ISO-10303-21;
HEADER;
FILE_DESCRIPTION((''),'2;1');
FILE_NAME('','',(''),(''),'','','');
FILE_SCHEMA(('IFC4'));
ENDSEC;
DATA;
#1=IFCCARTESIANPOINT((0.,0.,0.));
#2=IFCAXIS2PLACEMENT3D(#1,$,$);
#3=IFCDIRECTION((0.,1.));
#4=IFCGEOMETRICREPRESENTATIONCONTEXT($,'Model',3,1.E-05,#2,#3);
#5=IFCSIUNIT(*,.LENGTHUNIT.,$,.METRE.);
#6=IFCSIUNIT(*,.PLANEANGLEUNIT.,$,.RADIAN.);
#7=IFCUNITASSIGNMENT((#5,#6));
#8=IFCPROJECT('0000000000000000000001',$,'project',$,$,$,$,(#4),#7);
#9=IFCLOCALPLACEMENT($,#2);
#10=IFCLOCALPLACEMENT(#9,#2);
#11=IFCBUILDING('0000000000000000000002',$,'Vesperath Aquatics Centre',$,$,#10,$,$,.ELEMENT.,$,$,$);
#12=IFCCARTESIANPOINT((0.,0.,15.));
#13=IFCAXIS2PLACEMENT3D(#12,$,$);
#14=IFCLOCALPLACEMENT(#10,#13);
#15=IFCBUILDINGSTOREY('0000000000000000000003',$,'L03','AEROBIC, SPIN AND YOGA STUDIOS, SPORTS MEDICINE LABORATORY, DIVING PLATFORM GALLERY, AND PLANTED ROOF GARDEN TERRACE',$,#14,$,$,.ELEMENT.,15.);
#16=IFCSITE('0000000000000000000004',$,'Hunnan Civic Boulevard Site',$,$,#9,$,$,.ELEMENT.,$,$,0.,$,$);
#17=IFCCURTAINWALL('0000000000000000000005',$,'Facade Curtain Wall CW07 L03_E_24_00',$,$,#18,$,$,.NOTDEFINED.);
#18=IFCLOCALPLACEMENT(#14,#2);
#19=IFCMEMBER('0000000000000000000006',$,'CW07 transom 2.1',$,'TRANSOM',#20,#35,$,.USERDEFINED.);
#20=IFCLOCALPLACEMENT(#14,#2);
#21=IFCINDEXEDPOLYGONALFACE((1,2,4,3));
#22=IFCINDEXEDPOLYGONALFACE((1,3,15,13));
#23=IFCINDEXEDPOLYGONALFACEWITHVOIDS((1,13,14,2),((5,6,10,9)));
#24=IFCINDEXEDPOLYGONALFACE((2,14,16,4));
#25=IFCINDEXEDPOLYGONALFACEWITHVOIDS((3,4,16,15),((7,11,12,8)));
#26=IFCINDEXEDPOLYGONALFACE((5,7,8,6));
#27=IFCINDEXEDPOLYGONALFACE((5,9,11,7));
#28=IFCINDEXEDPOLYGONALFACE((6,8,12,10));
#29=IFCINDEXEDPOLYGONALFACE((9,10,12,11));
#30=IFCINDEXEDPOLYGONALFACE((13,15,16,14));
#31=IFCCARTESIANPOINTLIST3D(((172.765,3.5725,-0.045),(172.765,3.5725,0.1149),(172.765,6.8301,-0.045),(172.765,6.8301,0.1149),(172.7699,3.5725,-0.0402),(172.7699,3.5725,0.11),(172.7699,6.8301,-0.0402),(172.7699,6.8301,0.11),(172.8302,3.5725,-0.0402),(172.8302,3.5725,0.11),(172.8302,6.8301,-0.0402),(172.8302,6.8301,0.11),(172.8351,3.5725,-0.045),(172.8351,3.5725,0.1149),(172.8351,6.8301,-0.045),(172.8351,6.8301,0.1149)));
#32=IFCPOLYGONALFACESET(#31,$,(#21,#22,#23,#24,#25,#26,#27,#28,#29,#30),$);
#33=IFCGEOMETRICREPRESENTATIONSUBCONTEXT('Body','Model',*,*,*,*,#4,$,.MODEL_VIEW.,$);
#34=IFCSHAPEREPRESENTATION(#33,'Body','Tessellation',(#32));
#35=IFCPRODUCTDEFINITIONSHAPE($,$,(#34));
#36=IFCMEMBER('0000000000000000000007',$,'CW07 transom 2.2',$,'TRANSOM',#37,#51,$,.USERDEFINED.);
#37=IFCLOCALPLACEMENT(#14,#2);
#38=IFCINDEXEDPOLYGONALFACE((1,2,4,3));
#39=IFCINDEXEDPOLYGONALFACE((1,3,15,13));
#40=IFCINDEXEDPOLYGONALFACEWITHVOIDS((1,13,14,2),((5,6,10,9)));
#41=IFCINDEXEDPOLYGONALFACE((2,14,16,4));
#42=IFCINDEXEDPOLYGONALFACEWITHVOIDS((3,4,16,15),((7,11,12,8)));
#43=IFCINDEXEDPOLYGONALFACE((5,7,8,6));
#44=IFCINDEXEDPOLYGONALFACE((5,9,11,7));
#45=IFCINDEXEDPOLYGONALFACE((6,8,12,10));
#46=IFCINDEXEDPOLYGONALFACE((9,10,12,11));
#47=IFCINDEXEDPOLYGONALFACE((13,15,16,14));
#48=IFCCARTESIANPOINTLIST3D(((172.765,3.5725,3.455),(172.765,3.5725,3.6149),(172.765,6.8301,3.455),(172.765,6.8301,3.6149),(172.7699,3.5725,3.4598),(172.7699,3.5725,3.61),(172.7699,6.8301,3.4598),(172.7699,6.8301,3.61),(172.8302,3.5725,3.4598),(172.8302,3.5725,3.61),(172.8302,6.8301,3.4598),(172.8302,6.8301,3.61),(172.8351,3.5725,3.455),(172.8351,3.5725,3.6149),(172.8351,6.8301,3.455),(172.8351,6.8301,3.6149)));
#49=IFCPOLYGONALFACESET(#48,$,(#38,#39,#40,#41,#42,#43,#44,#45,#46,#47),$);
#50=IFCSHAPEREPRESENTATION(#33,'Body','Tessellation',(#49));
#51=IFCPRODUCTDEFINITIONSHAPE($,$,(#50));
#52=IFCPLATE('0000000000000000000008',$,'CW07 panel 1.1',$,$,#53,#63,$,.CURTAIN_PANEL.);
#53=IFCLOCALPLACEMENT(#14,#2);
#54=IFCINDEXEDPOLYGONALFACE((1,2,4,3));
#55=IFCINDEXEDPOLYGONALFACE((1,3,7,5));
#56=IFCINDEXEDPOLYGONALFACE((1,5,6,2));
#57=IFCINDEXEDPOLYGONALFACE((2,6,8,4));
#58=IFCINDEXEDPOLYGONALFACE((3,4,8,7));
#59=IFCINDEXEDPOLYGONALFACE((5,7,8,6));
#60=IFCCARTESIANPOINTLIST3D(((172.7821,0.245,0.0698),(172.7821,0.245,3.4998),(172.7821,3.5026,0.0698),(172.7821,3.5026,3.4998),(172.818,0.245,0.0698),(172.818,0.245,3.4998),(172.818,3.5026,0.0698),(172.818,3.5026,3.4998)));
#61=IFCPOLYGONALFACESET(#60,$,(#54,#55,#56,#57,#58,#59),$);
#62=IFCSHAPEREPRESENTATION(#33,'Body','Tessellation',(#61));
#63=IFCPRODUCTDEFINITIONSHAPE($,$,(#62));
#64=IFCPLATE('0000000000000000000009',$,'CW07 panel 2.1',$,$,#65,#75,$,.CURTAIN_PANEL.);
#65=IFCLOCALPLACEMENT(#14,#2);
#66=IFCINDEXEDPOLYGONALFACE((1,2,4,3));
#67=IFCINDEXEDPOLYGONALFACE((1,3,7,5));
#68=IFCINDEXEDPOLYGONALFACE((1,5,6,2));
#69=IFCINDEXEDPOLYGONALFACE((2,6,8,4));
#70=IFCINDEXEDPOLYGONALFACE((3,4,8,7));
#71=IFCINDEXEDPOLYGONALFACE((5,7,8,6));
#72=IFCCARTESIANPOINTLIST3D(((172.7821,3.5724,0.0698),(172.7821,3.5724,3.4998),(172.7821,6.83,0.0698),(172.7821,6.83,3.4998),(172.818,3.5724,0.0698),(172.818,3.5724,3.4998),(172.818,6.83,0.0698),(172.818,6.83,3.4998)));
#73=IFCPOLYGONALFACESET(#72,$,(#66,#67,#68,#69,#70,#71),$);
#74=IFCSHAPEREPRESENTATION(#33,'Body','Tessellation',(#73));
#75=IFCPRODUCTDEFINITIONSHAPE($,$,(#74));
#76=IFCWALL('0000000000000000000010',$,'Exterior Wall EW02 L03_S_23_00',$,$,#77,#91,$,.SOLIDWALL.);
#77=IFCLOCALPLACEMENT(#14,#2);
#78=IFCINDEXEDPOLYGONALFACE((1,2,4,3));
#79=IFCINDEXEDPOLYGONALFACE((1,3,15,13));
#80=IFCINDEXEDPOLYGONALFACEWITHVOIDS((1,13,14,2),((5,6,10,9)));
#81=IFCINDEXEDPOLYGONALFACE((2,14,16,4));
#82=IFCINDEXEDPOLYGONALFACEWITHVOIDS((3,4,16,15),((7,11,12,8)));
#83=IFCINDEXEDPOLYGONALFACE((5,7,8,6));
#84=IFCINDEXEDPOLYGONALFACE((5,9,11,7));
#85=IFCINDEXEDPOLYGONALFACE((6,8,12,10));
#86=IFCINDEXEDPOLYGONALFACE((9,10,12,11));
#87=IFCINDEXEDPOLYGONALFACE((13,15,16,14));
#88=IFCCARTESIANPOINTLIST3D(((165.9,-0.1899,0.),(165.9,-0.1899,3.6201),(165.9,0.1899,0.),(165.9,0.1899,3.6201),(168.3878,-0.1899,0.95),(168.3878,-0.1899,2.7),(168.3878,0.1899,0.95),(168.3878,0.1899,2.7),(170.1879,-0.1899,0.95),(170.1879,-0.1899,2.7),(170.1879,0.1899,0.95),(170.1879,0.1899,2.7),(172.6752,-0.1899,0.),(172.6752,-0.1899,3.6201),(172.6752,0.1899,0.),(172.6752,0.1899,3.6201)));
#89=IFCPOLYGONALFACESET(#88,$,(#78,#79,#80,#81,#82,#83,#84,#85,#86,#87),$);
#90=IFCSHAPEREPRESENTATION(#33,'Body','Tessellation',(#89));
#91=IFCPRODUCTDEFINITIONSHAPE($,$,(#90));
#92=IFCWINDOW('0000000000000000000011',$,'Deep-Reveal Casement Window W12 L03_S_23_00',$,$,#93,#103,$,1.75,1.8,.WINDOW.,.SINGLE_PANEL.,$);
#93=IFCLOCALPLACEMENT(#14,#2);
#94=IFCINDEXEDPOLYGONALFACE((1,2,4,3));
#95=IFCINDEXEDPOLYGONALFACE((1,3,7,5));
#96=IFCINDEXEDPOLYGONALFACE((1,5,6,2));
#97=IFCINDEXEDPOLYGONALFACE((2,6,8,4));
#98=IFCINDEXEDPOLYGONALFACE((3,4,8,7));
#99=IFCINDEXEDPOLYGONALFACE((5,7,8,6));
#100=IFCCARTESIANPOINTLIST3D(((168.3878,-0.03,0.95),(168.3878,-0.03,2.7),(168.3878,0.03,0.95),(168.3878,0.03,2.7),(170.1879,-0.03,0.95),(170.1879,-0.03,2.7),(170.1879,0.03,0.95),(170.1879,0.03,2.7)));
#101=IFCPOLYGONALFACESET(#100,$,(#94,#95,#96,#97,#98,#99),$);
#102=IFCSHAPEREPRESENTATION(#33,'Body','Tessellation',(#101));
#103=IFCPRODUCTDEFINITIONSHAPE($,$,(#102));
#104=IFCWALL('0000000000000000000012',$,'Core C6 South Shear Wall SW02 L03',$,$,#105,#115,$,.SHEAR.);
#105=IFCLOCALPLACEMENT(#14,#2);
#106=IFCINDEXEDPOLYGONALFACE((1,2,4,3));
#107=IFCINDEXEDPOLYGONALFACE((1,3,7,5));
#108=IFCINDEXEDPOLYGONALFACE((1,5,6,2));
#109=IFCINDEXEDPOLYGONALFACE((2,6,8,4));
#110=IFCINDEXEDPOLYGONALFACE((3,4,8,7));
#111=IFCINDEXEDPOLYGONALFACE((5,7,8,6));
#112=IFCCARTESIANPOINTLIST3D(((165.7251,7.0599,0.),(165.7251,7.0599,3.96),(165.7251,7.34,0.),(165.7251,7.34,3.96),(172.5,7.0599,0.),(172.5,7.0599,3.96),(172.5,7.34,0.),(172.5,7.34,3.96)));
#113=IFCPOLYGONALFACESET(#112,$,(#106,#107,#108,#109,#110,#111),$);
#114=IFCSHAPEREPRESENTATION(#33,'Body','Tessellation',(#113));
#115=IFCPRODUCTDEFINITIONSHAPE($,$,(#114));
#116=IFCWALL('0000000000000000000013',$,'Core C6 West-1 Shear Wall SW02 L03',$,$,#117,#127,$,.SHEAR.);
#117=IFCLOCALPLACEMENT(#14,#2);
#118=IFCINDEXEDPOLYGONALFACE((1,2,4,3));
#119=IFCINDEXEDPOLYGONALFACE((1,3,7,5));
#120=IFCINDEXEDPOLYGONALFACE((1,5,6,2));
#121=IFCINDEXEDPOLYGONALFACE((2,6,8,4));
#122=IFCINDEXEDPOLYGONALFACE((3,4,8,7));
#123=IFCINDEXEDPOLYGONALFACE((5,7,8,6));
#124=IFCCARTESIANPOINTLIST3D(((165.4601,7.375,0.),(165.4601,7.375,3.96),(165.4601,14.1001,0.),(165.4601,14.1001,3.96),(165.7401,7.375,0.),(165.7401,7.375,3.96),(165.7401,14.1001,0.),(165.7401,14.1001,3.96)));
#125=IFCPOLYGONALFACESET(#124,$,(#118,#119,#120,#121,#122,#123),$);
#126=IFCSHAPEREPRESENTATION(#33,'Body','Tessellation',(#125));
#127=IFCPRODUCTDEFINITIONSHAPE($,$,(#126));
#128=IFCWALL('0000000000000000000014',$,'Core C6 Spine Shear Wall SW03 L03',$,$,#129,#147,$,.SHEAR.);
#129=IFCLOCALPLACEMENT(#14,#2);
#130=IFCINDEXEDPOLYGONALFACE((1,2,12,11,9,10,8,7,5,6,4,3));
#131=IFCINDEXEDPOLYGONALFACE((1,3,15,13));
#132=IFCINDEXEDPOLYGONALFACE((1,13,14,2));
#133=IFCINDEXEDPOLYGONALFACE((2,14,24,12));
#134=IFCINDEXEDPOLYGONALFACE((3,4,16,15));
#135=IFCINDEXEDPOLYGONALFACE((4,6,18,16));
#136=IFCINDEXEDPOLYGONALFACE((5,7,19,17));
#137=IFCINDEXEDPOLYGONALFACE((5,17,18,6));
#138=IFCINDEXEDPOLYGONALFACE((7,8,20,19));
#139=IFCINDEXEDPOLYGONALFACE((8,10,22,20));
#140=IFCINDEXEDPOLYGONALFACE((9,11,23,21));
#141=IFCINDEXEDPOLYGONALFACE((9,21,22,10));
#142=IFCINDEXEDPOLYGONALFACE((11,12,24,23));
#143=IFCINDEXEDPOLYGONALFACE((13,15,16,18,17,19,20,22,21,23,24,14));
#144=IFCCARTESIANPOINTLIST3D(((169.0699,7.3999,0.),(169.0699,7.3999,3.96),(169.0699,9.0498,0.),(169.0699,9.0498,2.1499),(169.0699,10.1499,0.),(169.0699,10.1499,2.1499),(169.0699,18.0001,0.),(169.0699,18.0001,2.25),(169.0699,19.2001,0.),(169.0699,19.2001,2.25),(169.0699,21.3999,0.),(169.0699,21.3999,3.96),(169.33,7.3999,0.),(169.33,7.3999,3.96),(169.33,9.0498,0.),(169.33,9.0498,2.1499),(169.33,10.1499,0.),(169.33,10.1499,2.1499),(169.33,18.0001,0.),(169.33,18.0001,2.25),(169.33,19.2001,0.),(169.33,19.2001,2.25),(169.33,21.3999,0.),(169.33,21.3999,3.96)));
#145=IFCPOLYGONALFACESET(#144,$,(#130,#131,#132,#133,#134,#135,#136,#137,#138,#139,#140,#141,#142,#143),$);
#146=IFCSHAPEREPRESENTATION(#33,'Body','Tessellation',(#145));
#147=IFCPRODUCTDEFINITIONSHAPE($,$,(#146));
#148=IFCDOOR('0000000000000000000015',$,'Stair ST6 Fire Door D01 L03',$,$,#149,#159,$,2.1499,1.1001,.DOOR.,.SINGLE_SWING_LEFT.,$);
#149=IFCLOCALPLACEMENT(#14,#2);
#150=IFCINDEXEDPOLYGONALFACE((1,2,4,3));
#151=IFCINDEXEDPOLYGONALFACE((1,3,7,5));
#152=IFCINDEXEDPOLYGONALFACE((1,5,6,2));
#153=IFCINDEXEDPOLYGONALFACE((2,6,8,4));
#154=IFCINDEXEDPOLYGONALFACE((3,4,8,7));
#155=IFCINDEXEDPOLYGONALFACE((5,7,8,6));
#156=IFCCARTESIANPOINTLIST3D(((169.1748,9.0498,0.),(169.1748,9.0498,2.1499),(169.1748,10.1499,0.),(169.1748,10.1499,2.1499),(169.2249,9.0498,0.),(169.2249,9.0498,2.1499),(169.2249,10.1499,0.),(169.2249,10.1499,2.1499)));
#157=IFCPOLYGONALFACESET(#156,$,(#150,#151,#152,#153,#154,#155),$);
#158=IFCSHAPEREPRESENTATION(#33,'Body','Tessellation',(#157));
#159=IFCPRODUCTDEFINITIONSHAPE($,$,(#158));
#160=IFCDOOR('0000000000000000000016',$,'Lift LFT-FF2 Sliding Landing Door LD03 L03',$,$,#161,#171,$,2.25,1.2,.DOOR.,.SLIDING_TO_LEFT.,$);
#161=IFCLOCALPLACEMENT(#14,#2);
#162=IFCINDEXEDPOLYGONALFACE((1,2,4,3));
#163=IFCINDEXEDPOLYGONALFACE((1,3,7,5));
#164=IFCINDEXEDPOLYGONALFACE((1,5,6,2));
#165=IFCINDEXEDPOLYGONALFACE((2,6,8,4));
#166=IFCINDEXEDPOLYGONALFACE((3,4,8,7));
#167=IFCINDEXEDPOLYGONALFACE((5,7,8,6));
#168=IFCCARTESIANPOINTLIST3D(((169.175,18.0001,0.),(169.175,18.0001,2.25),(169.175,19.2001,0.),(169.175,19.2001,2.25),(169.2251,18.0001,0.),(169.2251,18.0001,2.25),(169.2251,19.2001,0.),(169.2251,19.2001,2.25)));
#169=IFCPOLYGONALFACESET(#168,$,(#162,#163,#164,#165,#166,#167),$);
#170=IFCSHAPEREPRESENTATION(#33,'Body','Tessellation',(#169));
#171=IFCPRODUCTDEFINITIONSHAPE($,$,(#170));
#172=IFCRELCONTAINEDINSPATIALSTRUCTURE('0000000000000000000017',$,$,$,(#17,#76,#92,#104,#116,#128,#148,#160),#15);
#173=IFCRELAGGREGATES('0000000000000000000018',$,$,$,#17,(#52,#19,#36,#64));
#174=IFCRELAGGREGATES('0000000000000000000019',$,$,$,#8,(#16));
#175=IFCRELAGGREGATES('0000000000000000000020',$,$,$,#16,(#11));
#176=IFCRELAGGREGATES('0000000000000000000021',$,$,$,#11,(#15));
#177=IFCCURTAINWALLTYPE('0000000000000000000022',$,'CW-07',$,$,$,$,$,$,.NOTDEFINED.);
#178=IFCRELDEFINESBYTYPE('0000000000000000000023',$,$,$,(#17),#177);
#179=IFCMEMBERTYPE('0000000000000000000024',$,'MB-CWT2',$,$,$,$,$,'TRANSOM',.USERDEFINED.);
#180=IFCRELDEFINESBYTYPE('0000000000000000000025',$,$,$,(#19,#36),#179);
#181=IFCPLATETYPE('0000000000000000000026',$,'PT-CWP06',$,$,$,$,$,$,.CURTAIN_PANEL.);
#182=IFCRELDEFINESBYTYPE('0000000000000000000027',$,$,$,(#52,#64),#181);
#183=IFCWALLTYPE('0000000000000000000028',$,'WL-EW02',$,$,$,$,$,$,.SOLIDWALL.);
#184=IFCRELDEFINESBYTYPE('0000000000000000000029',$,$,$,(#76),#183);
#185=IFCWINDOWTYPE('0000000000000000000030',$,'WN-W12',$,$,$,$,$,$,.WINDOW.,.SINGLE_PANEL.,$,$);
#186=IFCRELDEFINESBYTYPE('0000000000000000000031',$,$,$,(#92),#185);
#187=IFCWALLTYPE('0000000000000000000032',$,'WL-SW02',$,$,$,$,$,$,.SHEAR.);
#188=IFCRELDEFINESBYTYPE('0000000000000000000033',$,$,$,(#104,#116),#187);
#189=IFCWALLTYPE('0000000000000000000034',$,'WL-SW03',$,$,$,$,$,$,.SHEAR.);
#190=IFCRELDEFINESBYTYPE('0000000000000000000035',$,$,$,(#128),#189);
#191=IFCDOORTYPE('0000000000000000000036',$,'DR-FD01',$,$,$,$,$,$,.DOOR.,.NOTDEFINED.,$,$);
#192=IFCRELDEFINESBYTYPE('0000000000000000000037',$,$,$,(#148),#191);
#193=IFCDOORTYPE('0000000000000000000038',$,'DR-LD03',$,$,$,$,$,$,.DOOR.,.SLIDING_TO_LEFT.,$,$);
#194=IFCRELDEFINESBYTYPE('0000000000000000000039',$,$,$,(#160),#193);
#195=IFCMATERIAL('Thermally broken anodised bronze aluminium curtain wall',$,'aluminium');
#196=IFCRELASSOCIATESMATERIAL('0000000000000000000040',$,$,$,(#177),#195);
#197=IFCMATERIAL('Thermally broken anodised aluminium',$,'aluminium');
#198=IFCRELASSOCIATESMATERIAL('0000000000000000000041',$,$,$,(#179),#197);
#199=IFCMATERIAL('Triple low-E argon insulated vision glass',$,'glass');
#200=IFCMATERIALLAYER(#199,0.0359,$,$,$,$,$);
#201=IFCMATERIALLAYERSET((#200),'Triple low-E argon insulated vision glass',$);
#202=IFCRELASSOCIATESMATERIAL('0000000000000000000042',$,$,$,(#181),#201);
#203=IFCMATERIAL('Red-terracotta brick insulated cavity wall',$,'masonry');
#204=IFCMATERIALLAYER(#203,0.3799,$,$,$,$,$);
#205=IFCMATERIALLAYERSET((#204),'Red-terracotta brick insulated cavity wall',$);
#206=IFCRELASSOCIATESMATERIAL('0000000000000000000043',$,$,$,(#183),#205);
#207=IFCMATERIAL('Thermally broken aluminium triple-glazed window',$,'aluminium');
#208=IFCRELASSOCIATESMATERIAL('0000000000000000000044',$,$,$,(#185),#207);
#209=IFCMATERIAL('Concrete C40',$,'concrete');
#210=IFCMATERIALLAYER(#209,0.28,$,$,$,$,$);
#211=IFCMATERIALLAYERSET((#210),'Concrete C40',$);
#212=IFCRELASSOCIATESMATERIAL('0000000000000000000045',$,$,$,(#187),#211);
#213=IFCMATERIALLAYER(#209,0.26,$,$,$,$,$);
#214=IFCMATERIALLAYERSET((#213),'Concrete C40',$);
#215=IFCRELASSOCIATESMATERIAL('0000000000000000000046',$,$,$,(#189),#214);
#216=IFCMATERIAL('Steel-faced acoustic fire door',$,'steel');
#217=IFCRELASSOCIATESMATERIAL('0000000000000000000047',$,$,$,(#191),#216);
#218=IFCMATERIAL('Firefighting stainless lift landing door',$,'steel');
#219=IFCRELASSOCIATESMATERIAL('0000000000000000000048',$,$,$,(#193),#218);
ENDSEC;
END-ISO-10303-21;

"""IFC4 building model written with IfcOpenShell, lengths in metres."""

from ifc_helpers import new_model, si_unit, direction, frame, frame_2d, origin, origin_2d, place, context, subcontext, project, spatial, rectangle, hollow_rectangle, extrude, material, layer, layer_set, material_profile, profile_set, type_object, element, fill, aggregate, save


model = new_model("IFC4")

# Units and contexts
model_context = context("Model", 3, precision=1e-05, world=origin(), true_north=direction((0.0, 1.0)))
body_context = subcontext(model_context, "Body", "Model", "MODEL_VIEW")
ifc_project = project(units=[si_unit("LENGTHUNIT", "METRE"), si_unit("PLANEANGLEUNIT", "RADIAN")], contexts=[model_context])

# Site, building, storey
site_placement = place(None, origin())
site = spatial("IfcSite", under=ifc_project, at=site_placement, Name="Hunnan Civic Boulevard Site", CompositionType="ELEMENT", RefElevation=0.0)
building_placement = place(site_placement, origin())
building = spatial("IfcBuilding", under=site, at=building_placement, Name="Vesperath Aquatics Centre", CompositionType="ELEMENT")
storey_placement = place(building_placement, frame((0.0, 0.0, 15.0)))
storey = spatial("IfcBuildingStorey", under=building, at=storey_placement, Name="L03", Description="AEROBIC, SPIN AND YOGA STUDIOS, SPORTS MEDICINE LABORATORY, DIVING PLATFORM GALLERY, AND PLANTED ROOF GARDEN TERRACE", CompositionType="ELEMENT", Elevation=15.0)

# Shared definitions
ifc_material_1 = material(Name="Concrete C40", Category="concrete")

# Curtain wall, members, plates
ifc_material_2 = material(Name="Thermally broken anodised bronze aluminium curtain wall", Category="aluminium")
curtain_wall_type = type_object("IfcCurtainWallType", Name="CW-07", PredefinedType="NOTDEFINED", material=ifc_material_2)
curtain_wall_placement = place(storey_placement, origin())
curtain_wall = element("IfcCurtainWall", 1, at=curtain_wall_placement, inside=storey, type_object=curtain_wall_type, Name="Facade Curtain Wall CW07 L03_E_24_00", PredefinedType="NOTDEFINED")
ifc_material_3 = material(Name="Thermally broken anodised aluminium", Category="aluminium")
ifc_material_profile_1 = material_profile(ifc_material_3, hollow_rectangle(XDim=0.0701, YDim=0.1599, WallThickness=0.0049, at=origin_2d()), Name="CWT 70x160x5")
ifc_profile_set_1 = profile_set([ifc_material_profile_1], Name="Thermally broken anodised aluminium")
member_type_1 = type_object("IfcMemberType", Name="MB-CWT2", ElementType="TRANSOM", PredefinedType="USERDEFINED", material=ifc_profile_set_1)
member_1_placement = place(storey_placement, frame((172.8, 3.5725, 0.0349), z_axis=(0.0, 1.0, 0.0), x_axis=(-1.0, 0.0, 0.0)))
member_1 = element("IfcMember", 2, at=member_1_placement, type_object=member_type_1, Name="CW07 transom 2.1", ObjectType="TRANSOM", PredefinedType="USERDEFINED", context=body_context, shape_type="SweptSolid", body=[
    extrude(hollow_rectangle(XDim=0.0701, YDim=0.1599, WallThickness=0.0049, at=origin_2d()), origin(), (0.0, 0.0, 1.0), 3.2576),
])
member_2_placement = place(storey_placement, frame((172.8, 3.5725, 3.5349), z_axis=(0.0, 1.0, 0.0), x_axis=(-1.0, 0.0, 0.0)))
member_2 = element("IfcMember", 3, at=member_2_placement, type_object=member_type_1, Name="CW07 transom 2.2", ObjectType="TRANSOM", PredefinedType="USERDEFINED", context=body_context, shape_type="SweptSolid", body=[
    extrude(hollow_rectangle(XDim=0.0701, YDim=0.1599, WallThickness=0.0049, at=origin_2d()), origin(), (0.0, 0.0, 1.0), 3.2576),
])
ifc_material_4 = material(Name="Triple low-E argon insulated vision glass", Category="glass")
ifc_layer_1 = layer(ifc_material_4, 0.0359)
ifc_layer_set_1 = layer_set([ifc_layer_1], Name="Triple low-E argon insulated vision glass")
plate_type = type_object("IfcPlateType", Name="PT-CWP06", PredefinedType="CURTAIN_PANEL", material=ifc_layer_set_1)
plate_1_placement = place(storey_placement, frame((172.8, 1.8738, 0.0698), z_axis=(0.0, 0.0, 1.0), x_axis=(0.0, 1.0, 0.0)))
plate_1 = element("IfcPlate", 4, at=plate_1_placement, type_object=plate_type, Name="CW07 panel 1.1", PredefinedType="CURTAIN_PANEL", context=body_context, shape_type="SweptSolid", body=[
    extrude(rectangle(XDim=3.2576, YDim=0.0359, at=origin_2d()), origin(), (0.0, 0.0, 1.0), 3.4299),
])
plate_2_placement = place(storey_placement, frame((172.8, 5.2012, 0.0698), z_axis=(0.0, 0.0, 1.0), x_axis=(0.0, 1.0, 0.0)))
plate_2 = element("IfcPlate", 5, at=plate_2_placement, type_object=plate_type, Name="CW07 panel 2.1", PredefinedType="CURTAIN_PANEL", context=body_context, shape_type="SweptSolid", body=[
    extrude(rectangle(XDim=3.2576, YDim=0.0359, at=origin_2d()), origin(), (0.0, 0.0, 1.0), 3.4299),
])
aggregate(curtain_wall, [plate_1, member_1, member_2, plate_2])

# Wall, opening, window
ifc_material_5 = material(Name="Red-terracotta brick insulated cavity wall", Category="masonry")
ifc_layer_2 = layer(ifc_material_5, 0.3799)
ifc_layer_set_2 = layer_set([ifc_layer_2], Name="Red-terracotta brick insulated cavity wall")
wall_type_1 = type_object("IfcWallType", Name="WL-EW02", PredefinedType="SOLIDWALL", material=ifc_layer_set_2)
wall_1_placement = place(storey_placement, frame((165.8999, 0.0, 0.0), z_axis=(0.0, 0.0, 1.0), x_axis=(1.0, 0.0, 0.0)))
wall_1 = element("IfcWall", 6, at=wall_1_placement, inside=storey, type_object=wall_type_1, Name="Exterior Wall EW02 L03_S_23_00", PredefinedType="SOLIDWALL", context=body_context, shape_type="SweptSolid", body=[
    extrude(rectangle(XDim=6.7751, YDim=0.3799, at=frame_2d((3.3877, 0.0))), origin(), (0.0, 0.0, 1.0), 3.6201),
])
opening_1_placement = place(wall_1_placement, frame((2.488, 0.0, 0.95)))
opening_1 = element("IfcOpeningElement", 7, at=opening_1_placement, cuts=wall_1, PredefinedType="OPENING", context=body_context, shape_type="SweptSolid", body=[
    extrude(rectangle(XDim=1.8, YDim=1.75, at=frame_2d((0.8999, 0.875))), frame((0.0, 0.2048, 0.0), z_axis=(0.0, -1.0, 0.0), x_axis=(1.0, 0.0, 0.0)), (0.0, 0.0, 1.0), 0.4097),
])
ifc_material_6 = material(Name="Thermally broken aluminium triple-glazed window", Category="aluminium")
window_type = type_object("IfcWindowType", Name="WN-W12", PartitioningType="SINGLE_PANEL", PredefinedType="WINDOW", material=ifc_material_6)
window_placement = place(opening_1_placement, origin())
window = element("IfcWindow", 8, at=window_placement, inside=storey, type_object=window_type, Name="Deep-Reveal Casement Window W12 L03_S_23_00", OverallHeight=1.75, OverallWidth=1.8, PartitioningType="SINGLE_PANEL", PredefinedType="WINDOW", context=body_context, shape_type="SweptSolid", body=[
    extrude(rectangle(XDim=1.8, YDim=1.75, at=frame_2d((0.8999, 0.875))), frame((0.0, 0.03, 0.0), z_axis=(0.0, -1.0, 0.0), x_axis=(1.0, 0.0, 0.0)), (0.0, 0.0, 1.0), 0.0601),
])
fill(opening_1, window)

# Walls
ifc_layer_3 = layer(ifc_material_1, 0.28)
ifc_layer_set_3 = layer_set([ifc_layer_3], Name="Concrete C40")
wall_type_2 = type_object("IfcWallType", Name="WL-SW02", PredefinedType="SHEAR", material=ifc_layer_set_3)
wall_2_placement = place(storey_placement, frame((165.7251, 7.2, 0.0), z_axis=(0.0, 0.0, 1.0), x_axis=(1.0, 0.0, 0.0)))
element("IfcWall", 9, at=wall_2_placement, inside=storey, type_object=wall_type_2, Name="Core C6 South Shear Wall SW02 L03", PredefinedType="SHEAR", context=body_context, shape_type="SweptSolid", body=[
    extrude(rectangle(XDim=6.7749, YDim=0.28, at=frame_2d((3.3875, 0.0))), origin(), (0.0, 0.0, 1.0), 3.96),
])
wall_3_placement = place(storey_placement, frame((165.6001, 7.375, 0.0), z_axis=(0.0, 0.0, 1.0), x_axis=(0.0, 1.0, 0.0)))
element("IfcWall", 10, at=wall_3_placement, inside=storey, type_object=wall_type_2, Name="Core C6 West-1 Shear Wall SW02 L03", PredefinedType="SHEAR", context=body_context, shape_type="SweptSolid", body=[
    extrude(rectangle(XDim=6.7251, YDim=0.28, at=frame_2d((3.3625, 0.0))), origin(), (0.0, 0.0, 1.0), 3.96),
])

# Wall, openings, doors
ifc_layer_4 = layer(ifc_material_1, 0.26)
ifc_layer_set_4 = layer_set([ifc_layer_4], Name="Concrete C40")
wall_type_3 = type_object("IfcWallType", Name="WL-SW03", PredefinedType="SHEAR", material=ifc_layer_set_4)
wall_4_placement = place(storey_placement, frame((169.2, 7.3999, 0.0), z_axis=(0.0, 0.0, 1.0), x_axis=(0.0, 1.0, 0.0)))
wall_4 = element("IfcWall", 11, at=wall_4_placement, inside=storey, type_object=wall_type_3, Name="Core C6 Spine Shear Wall SW03 L03", PredefinedType="SHEAR", context=body_context, shape_type="SweptSolid", body=[
    extrude(rectangle(XDim=14.0, YDim=0.26, at=frame_2d((7.0, 0.0))), origin(), (0.0, 0.0, 1.0), 3.96),
])
opening_2_placement = place(wall_4_placement, frame((1.6499, 0.0, 0.0)))
opening_2 = element("IfcOpeningElement", 12, at=opening_2_placement, cuts=wall_4, PredefinedType="OPENING", context=body_context, shape_type="SweptSolid", body=[
    extrude(rectangle(XDim=1.1001, YDim=2.1499, at=frame_2d((0.55, 1.075))), frame((0.0, 0.145, 0.0), z_axis=(0.0, -1.0, 0.0), x_axis=(1.0, 0.0, 0.0)), (0.0, 0.0, 1.0), 0.2898),
])
opening_3_placement = place(wall_4_placement, frame((10.6001, 0.0, 0.0)))
opening_3 = element("IfcOpeningElement", 13, at=opening_3_placement, cuts=wall_4, PredefinedType="OPENING", context=body_context, shape_type="SweptSolid", body=[
    extrude(rectangle(XDim=1.2, YDim=2.25, at=frame_2d((0.6001, 1.125))), frame((0.0, 0.145, 0.0), z_axis=(0.0, -1.0, 0.0), x_axis=(1.0, 0.0, 0.0)), (0.0, 0.0, 1.0), 0.2898),
])
ifc_material_7 = material(Name="Steel-faced acoustic fire door", Category="steel")
door_type_1 = type_object("IfcDoorType", Name="DR-FD01", OperationType="NOTDEFINED", PredefinedType="DOOR", material=ifc_material_7)
door_1_placement = place(opening_2_placement, frame((1.1001, 0.0, 0.0), z_axis=(0.0, 0.0, 1.0), x_axis=(-1.0, 0.0, 0.0)))
door_1 = element("IfcDoor", 14, at=door_1_placement, inside=storey, type_object=door_type_1, Name="Stair ST6 Fire Door D01 L03", OperationType="SINGLE_SWING_LEFT", OverallHeight=2.1499, OverallWidth=1.1001, PredefinedType="DOOR", context=body_context, shape_type="SweptSolid", body=[
    extrude(rectangle(XDim=1.1001, YDim=2.1499, at=frame_2d((0.55, 1.075))), frame((0.0, 0.0249, 0.0), z_axis=(0.0, -1.0, 0.0), x_axis=(1.0, 0.0, 0.0)), (0.0, 0.0, 1.0), 0.05),
])
fill(opening_2, door_1)
ifc_material_8 = material(Name="Firefighting stainless lift landing door", Category="steel")
door_type_2 = type_object("IfcDoorType", Name="DR-LD03", OperationType="SLIDING_TO_LEFT", PredefinedType="DOOR", material=ifc_material_8)
door_2_placement = place(opening_3_placement, origin())
door_2 = element("IfcDoor", 15, at=door_2_placement, inside=storey, type_object=door_type_2, Name="Lift LFT-FF2 Sliding Landing Door LD03 L03", OperationType="SLIDING_TO_LEFT", OverallHeight=2.25, OverallWidth=1.2, PredefinedType="DOOR", context=body_context, shape_type="SweptSolid", body=[
    extrude(rectangle(XDim=1.2, YDim=2.25, at=frame_2d((0.6001, 1.125))), frame((0.0, 0.0249, 0.0), z_axis=(0.0, -1.0, 0.0), x_axis=(1.0, 0.0, 0.0)), (0.0, 0.0, 1.0), 0.05),
])
fill(opening_3, door_2)

save(model, "model.ifc")
